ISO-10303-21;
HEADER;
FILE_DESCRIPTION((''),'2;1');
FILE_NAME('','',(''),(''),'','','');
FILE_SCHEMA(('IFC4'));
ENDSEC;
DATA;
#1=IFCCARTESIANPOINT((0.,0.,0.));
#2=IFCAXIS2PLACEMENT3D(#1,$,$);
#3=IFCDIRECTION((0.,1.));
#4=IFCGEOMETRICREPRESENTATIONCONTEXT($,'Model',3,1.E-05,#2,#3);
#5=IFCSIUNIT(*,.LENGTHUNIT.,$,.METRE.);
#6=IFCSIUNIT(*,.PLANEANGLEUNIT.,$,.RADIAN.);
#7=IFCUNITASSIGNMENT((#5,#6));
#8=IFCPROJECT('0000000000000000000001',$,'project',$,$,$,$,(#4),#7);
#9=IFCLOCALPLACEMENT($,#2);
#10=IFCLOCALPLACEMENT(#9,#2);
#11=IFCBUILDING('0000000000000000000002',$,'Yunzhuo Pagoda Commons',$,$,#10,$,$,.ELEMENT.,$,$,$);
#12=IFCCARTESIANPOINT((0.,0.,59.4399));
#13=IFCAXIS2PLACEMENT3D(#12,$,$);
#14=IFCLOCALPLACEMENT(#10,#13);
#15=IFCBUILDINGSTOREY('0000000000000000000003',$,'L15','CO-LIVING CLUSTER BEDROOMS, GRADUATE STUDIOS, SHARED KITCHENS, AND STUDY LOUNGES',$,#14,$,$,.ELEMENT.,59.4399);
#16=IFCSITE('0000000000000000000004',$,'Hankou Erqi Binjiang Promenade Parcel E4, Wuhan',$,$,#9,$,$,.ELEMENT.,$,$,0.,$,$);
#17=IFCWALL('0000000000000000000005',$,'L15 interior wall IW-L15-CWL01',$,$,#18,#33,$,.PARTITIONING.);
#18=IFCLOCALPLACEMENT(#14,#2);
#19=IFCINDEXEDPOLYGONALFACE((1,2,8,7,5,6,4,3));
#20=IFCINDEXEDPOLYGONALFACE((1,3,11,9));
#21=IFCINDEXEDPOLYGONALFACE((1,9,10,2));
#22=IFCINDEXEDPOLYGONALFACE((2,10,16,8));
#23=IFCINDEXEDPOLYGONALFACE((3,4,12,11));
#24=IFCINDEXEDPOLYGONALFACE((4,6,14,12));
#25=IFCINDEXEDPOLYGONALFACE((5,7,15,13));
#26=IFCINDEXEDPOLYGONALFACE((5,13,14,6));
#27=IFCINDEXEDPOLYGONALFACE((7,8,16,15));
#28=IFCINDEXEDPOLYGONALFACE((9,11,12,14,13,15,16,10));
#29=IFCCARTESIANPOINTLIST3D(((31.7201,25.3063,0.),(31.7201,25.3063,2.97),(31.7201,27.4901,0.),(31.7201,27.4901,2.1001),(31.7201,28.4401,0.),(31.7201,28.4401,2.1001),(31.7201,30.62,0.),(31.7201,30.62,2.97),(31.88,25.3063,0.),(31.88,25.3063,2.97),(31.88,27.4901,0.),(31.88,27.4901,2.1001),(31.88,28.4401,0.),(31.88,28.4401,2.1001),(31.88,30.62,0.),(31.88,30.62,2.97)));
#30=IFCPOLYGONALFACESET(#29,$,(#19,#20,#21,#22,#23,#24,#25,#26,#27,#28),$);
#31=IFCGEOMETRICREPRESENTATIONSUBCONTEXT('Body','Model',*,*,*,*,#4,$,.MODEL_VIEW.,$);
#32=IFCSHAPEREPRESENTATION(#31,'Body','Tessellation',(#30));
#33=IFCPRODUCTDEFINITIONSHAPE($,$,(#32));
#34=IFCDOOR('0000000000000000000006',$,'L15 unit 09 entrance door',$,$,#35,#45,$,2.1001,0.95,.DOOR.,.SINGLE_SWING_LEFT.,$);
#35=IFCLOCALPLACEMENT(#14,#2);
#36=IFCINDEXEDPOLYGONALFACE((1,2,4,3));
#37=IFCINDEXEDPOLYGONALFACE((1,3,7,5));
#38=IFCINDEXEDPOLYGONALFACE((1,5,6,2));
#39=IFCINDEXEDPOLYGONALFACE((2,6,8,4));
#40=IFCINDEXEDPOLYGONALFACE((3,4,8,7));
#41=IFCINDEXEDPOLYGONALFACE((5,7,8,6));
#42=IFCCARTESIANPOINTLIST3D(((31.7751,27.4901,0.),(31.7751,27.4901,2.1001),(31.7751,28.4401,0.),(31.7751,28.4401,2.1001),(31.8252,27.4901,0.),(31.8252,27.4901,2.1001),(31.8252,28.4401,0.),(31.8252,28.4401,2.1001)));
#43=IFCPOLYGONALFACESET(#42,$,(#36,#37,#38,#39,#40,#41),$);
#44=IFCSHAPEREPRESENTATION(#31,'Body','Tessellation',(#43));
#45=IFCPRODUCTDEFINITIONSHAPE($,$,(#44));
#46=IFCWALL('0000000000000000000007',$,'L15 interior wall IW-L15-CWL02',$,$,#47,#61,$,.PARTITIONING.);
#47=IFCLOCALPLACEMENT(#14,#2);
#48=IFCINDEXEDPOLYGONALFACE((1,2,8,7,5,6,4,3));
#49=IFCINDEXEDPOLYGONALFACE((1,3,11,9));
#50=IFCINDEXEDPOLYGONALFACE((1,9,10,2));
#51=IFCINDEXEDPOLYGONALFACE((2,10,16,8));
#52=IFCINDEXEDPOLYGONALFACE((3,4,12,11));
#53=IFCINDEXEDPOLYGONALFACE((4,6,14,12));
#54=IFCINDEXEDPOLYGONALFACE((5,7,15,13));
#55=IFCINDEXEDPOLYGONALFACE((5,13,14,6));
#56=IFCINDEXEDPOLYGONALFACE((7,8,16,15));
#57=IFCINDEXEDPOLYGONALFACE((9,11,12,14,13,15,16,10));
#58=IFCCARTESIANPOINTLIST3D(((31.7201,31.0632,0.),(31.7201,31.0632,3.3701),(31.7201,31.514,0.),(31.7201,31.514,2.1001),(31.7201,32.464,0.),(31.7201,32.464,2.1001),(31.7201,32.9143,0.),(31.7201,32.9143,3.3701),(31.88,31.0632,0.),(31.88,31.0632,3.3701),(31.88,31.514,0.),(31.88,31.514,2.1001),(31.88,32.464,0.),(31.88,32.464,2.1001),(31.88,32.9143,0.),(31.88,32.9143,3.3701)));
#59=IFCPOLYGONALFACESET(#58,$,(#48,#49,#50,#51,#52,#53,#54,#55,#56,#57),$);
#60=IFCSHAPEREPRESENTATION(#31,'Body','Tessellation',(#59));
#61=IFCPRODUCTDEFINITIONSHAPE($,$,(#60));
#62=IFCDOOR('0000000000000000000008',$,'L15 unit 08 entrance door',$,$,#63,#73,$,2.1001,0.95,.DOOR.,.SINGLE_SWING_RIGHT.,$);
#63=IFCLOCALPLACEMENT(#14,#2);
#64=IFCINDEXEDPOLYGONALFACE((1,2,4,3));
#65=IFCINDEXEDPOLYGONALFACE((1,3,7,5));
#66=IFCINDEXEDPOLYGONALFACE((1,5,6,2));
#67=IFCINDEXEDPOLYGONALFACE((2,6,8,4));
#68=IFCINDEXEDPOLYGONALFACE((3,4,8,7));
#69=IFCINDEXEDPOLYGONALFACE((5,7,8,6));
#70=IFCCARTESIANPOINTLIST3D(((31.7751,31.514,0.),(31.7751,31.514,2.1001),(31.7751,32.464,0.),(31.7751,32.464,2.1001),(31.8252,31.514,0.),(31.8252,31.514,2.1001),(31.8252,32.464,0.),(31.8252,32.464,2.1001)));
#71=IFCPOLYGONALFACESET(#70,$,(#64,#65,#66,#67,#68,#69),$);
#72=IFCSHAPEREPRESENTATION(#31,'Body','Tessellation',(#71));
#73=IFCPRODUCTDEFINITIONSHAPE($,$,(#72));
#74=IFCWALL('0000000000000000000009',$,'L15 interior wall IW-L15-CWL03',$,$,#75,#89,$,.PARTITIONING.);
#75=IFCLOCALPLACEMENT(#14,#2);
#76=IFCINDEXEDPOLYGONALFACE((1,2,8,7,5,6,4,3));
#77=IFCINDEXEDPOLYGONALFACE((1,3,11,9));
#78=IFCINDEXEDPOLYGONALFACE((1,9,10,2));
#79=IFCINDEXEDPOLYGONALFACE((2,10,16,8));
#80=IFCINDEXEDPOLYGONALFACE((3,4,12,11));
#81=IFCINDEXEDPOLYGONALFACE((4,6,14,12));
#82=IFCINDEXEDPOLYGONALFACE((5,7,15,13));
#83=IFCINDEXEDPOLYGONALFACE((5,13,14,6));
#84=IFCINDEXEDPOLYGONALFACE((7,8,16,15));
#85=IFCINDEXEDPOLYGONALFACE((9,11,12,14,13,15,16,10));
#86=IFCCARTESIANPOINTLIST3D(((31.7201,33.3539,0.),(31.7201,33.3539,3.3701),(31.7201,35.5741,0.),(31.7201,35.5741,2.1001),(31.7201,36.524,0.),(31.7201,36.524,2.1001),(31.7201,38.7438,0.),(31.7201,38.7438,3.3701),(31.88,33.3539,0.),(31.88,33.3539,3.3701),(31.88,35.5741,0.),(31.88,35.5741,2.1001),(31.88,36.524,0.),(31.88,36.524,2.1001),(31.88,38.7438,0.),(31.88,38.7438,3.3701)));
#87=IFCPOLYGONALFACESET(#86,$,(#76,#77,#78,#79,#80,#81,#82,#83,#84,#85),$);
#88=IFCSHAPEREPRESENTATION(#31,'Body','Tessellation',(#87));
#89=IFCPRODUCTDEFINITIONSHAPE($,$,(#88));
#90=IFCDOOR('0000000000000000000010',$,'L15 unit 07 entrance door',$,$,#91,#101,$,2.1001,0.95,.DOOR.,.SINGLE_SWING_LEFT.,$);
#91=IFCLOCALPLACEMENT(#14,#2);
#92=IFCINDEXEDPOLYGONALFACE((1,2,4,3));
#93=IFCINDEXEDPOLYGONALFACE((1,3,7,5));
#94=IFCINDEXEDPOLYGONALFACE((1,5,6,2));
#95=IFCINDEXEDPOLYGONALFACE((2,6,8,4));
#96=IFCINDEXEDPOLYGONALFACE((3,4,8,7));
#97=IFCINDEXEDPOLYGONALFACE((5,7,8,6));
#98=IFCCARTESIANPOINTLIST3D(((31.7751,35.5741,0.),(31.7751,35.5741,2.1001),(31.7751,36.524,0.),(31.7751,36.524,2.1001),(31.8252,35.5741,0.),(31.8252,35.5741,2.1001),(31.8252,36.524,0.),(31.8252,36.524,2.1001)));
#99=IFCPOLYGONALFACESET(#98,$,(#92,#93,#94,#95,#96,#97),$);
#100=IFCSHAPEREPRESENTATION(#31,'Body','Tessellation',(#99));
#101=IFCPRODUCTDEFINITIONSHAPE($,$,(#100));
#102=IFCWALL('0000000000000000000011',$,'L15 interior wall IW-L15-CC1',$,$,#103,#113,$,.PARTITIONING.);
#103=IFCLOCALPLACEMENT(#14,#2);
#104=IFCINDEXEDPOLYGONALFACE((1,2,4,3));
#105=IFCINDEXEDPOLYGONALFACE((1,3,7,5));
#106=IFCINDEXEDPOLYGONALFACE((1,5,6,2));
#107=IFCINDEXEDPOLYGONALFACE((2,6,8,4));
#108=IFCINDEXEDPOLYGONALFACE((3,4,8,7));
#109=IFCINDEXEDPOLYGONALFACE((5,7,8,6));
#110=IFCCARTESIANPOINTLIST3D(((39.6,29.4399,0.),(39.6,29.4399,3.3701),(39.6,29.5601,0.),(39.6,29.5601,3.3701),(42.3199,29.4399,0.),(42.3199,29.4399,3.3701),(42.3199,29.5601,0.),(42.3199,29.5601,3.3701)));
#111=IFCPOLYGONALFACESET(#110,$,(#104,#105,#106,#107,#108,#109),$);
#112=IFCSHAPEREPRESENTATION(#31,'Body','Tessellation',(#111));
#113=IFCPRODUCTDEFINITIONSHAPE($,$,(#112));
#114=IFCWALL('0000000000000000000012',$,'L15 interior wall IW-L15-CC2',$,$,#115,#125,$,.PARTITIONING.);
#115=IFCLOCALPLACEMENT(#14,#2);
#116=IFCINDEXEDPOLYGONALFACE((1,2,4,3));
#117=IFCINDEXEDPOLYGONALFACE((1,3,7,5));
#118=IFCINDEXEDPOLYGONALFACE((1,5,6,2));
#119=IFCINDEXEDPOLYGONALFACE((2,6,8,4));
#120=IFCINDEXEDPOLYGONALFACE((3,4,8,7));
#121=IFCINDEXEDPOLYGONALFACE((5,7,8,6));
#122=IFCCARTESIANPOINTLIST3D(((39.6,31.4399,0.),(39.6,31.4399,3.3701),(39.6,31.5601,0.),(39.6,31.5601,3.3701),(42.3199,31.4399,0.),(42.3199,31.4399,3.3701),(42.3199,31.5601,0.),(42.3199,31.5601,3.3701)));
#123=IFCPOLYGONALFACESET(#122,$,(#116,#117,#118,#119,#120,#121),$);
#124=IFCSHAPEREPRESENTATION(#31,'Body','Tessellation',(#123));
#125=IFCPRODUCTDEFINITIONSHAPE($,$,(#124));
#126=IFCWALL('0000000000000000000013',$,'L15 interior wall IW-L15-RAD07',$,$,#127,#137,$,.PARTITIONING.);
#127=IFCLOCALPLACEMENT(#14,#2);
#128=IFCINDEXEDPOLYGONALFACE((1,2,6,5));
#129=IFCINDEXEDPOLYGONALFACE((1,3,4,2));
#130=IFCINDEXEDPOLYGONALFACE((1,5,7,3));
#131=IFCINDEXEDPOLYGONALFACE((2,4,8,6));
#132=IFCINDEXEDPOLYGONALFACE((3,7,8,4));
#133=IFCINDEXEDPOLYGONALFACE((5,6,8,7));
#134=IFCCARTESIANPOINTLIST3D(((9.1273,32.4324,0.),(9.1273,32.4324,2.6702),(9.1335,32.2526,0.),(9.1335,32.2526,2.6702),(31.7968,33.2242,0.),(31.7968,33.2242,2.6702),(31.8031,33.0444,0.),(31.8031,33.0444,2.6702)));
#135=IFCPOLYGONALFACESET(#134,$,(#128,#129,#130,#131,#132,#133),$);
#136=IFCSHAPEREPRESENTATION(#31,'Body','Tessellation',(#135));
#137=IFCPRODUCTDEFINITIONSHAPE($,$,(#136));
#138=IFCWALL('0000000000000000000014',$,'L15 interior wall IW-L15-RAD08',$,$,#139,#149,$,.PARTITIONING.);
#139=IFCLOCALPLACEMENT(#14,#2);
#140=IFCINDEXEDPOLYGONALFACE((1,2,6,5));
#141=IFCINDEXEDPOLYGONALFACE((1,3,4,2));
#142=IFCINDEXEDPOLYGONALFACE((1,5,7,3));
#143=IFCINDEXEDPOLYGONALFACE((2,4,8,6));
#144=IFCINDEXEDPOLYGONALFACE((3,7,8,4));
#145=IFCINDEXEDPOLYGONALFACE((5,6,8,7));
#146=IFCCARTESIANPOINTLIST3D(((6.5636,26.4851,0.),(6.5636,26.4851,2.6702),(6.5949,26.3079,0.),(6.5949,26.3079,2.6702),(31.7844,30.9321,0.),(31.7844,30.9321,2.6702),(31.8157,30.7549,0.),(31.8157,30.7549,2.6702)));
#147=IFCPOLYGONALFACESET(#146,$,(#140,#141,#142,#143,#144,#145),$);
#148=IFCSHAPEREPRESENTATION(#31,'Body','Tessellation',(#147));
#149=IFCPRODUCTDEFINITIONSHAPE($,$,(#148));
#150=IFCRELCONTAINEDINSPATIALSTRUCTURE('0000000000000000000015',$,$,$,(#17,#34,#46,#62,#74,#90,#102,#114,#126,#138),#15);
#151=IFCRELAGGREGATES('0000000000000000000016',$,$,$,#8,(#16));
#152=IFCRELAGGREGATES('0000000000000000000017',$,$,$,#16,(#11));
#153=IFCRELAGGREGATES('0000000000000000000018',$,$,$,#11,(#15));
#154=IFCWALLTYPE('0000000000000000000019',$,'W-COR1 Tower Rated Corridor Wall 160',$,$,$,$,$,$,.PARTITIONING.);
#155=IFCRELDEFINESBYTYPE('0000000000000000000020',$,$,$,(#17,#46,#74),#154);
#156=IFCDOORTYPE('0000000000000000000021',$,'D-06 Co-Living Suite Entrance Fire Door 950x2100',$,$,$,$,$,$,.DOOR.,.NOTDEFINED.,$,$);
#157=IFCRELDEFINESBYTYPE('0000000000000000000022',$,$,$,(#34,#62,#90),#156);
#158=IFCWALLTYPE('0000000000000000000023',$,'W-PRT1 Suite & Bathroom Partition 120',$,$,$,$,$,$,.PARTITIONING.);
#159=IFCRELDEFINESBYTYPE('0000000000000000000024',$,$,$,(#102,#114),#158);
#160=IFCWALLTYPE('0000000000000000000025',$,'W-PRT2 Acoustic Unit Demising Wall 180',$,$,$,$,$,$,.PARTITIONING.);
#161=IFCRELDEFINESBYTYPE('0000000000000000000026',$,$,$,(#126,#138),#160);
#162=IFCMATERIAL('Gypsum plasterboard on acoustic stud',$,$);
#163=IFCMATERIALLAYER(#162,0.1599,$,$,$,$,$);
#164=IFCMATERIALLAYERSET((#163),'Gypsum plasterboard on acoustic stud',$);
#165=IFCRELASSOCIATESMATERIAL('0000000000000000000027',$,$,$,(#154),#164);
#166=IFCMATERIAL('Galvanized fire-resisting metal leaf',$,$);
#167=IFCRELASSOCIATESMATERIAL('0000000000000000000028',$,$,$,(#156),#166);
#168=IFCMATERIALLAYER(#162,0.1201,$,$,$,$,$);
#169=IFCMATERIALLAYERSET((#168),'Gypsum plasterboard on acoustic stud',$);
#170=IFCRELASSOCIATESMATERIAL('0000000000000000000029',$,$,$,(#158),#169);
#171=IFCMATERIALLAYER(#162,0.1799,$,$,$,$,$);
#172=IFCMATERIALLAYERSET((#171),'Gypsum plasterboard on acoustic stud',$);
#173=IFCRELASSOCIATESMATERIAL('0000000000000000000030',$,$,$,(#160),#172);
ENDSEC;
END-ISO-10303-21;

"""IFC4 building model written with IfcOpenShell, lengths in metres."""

from ifc_helpers import new_model, si_unit, direction, frame, frame_2d, origin, origin_with_axes, place, context, subcontext, project, spatial, rectangle, extrude, source, transform, mapped, material, layer, layer_set, type_object, element, fill, save


model = new_model("IFC4")

# Units and contexts
model_context = context("Model", 3, precision=1e-05, world=origin(), true_north=direction((0.0, 1.0)))
body_context = subcontext(model_context, "Body", "Model", "MODEL_VIEW")
ifc_project = project(units=[si_unit("LENGTHUNIT", "METRE"), si_unit("PLANEANGLEUNIT", "RADIAN")], contexts=[model_context])

# Site, building, storey
site_placement = place(None, origin())
site = spatial("IfcSite", under=ifc_project, at=site_placement, Name="Hankou Erqi Binjiang Promenade Parcel E4, Wuhan", CompositionType="ELEMENT", RefElevation=0.0)
building_placement = place(site_placement, origin())
building = spatial("IfcBuilding", under=site, at=building_placement, Name="Yunzhuo Pagoda Commons", CompositionType="ELEMENT")
storey_placement = place(building_placement, frame((0.0, 0.0, 59.4399)))
storey = spatial("IfcBuildingStorey", under=building, at=storey_placement, Name="L15", Description="CO-LIVING CLUSTER BEDROOMS, GRADUATE STUDIOS, SHARED KITCHENS, AND STUDY LOUNGES", CompositionType="ELEMENT", Elevation=59.4399)

# Shared definitions
ifc_material_1 = material(Name="Gypsum plasterboard on acoustic stud")
ifc_layer_1 = layer(ifc_material_1, 0.1599)
ifc_layer_set_1 = layer_set([ifc_layer_1], Name="Gypsum plasterboard on acoustic stud")
wall_type_1 = type_object("IfcWallType", Name="W-COR1 Tower Rated Corridor Wall 160", PredefinedType="PARTITIONING", material=ifc_layer_set_1)
ifc_material_2 = material(Name="Galvanized fire-resisting metal leaf")

# Walls, openings, doors
wall_1_placement = place(storey_placement, frame((31.8, 25.3064, 0.0), z_axis=(0.0, 0.0, 1.0), x_axis=(0.0, 1.0, 0.0)))
wall_1 = element("IfcWall", 1, at=wall_1_placement, inside=storey, type_object=wall_type_1, Name="L15 interior wall IW-L15-CWL01", PredefinedType="PARTITIONING", context=body_context, shape_type="SweptSolid", body=[
    extrude(rectangle(XDim=5.3137, YDim=0.1599, at=frame_2d((2.6567, 0.0))), origin(), (0.0, 0.0, 1.0), 2.97),
])
opening_1_placement = place(wall_1_placement, frame((2.1836, 0.0, 0.0)))
opening_1 = element("IfcOpeningElement", 2, at=opening_1_placement, cuts=wall_1, PredefinedType="OPENING", context=body_context, shape_type="SweptSolid", body=[
    extrude(rectangle(XDim=0.95, YDim=2.1001, at=frame_2d((0.4751, 1.05))), frame((0.0, 0.0898, 0.0), z_axis=(0.0, -1.0, 0.0), x_axis=(1.0, 0.0, 0.0)), (0.0, 0.0, 1.0), 0.1799),
])
door_type_1 = type_object("IfcDoorType", Name="D-06 Co-Living Suite Entrance Fire Door 950x2100", OperationType="NOTDEFINED", PredefinedType="DOOR", material=ifc_material_2)
shared_shape_1 = source(origin(), body_context, "Body", "SweptSolid", [
    extrude(rectangle(XDim=0.95, YDim=2.1001, at=frame_2d((0.4751, 1.05))), frame((0.0, 0.0249, 0.0), z_axis=(0.0, -1.0, 0.0), x_axis=(1.0, 0.0, 0.0)), (0.0, 0.0, 1.0), 0.05),
])
door_1_placement = place(opening_1_placement, origin_with_axes())
door_1 = element("IfcDoor", 3, at=door_1_placement, inside=storey, type_object=door_type_1, Name="L15 unit 09 entrance door", OperationType="SINGLE_SWING_LEFT", OverallHeight=2.1001, OverallWidth=0.95, PredefinedType="DOOR", context=body_context, shape_type="MappedRepresentation", body=[
    mapped(shared_shape_1, transform((0.0, 0.0, 0.0), scale=1.0)),
])
fill(opening_1, door_1)
wall_2_placement = place(storey_placement, frame((31.8, 31.0632, 0.0), z_axis=(0.0, 0.0, 1.0), x_axis=(0.0, 1.0, 0.0)))
wall_2 = element("IfcWall", 4, at=wall_2_placement, inside=storey, type_object=wall_type_1, Name="L15 interior wall IW-L15-CWL02", PredefinedType="PARTITIONING", context=body_context, shape_type="SweptSolid", body=[
    extrude(rectangle(XDim=1.8511, YDim=0.1599, at=frame_2d((0.9255, 0.0))), origin(), (0.0, 0.0, 1.0), 3.3701),
])
opening_2_placement = place(wall_2_placement, frame((0.4507, 0.0, 0.0)))
opening_2 = element("IfcOpeningElement", 5, at=opening_2_placement, cuts=wall_2, PredefinedType="OPENING", context=body_context, shape_type="SweptSolid", body=[
    extrude(rectangle(XDim=0.95, YDim=2.1001, at=frame_2d((0.4751, 1.05))), frame((0.0, 0.0898, 0.0), z_axis=(0.0, -1.0, 0.0), x_axis=(1.0, 0.0, 0.0)), (0.0, 0.0, 1.0), 0.1799),
])
door_2_placement = place(opening_2_placement, origin_with_axes())
door_2 = element("IfcDoor", 6, at=door_2_placement, inside=storey, type_object=door_type_1, Name="L15 unit 08 entrance door", OperationType="SINGLE_SWING_RIGHT", OverallHeight=2.1001, OverallWidth=0.95, PredefinedType="DOOR", context=body_context, shape_type="MappedRepresentation", body=[
    mapped(shared_shape_1, transform((0.0, 0.0, 0.0), scale=1.0)),
])
fill(opening_2, door_2)
wall_3_placement = place(storey_placement, frame((31.8, 33.354, 0.0), z_axis=(0.0, 0.0, 1.0), x_axis=(0.0, 1.0, 0.0)))
wall_3 = element("IfcWall", 7, at=wall_3_placement, inside=storey, type_object=wall_type_1, Name="L15 interior wall IW-L15-CWL03", PredefinedType="PARTITIONING", context=body_context, shape_type="SweptSolid", body=[
    extrude(rectangle(XDim=5.3899, YDim=0.1599, at=frame_2d((2.6948, 0.0))), origin(), (0.0, 0.0, 1.0), 3.3701),
])
opening_3_placement = place(wall_3_placement, frame((2.22, 0.0, 0.0)))
opening_3 = element("IfcOpeningElement", 8, at=opening_3_placement, cuts=wall_3, PredefinedType="OPENING", context=body_context, shape_type="SweptSolid", body=[
    extrude(rectangle(XDim=0.95, YDim=2.1001, at=frame_2d((0.4751, 1.05))), frame((0.0, 0.0898, 0.0), z_axis=(0.0, -1.0, 0.0), x_axis=(1.0, 0.0, 0.0)), (0.0, 0.0, 1.0), 0.1799),
])
door_3_placement = place(opening_3_placement, origin_with_axes())
door_3 = element("IfcDoor", 9, at=door_3_placement, inside=storey, type_object=door_type_1, Name="L15 unit 07 entrance door", OperationType="SINGLE_SWING_LEFT", OverallHeight=2.1001, OverallWidth=0.95, PredefinedType="DOOR", context=body_context, shape_type="MappedRepresentation", body=[
    mapped(shared_shape_1, transform((0.0, 0.0, 0.0), scale=1.0)),
])
fill(opening_3, door_3)

# Walls
ifc_layer_2 = layer(ifc_material_1, 0.1201)
ifc_layer_set_2 = layer_set([ifc_layer_2], Name="Gypsum plasterboard on acoustic stud")
wall_type_2 = type_object("IfcWallType", Name="W-PRT1 Suite & Bathroom Partition 120", PredefinedType="PARTITIONING", material=ifc_layer_set_2)
for number, where, z_axis, x_axis, name in (
    (10, (39.6001, 29.5, 0.0), (0.0, 0.0, 1.0), (1.0, 0.0, 0.0), "L15 interior wall IW-L15-CC1"),
    (11, (39.6001, 31.5, 0.0), (0.0, 0.0, 1.0), (1.0, 0.0, 0.0), "L15 interior wall IW-L15-CC2"),
):
    element("IfcWall", number, at=place(storey_placement, frame(where, z_axis=z_axis, x_axis=x_axis)), inside=storey, type_object=wall_type_2, Name=name, PredefinedType="PARTITIONING", context=body_context, shape_type="SweptSolid", body=[
        extrude(rectangle(XDim=2.72, YDim=0.1201, at=frame_2d((1.3599, 0.0))), origin(), (0.0, 0.0, 1.0), 3.3701),
    ])
ifc_layer_3 = layer(ifc_material_1, 0.1799)
ifc_layer_set_3 = layer_set([ifc_layer_3], Name="Gypsum plasterboard on acoustic stud")
wall_type_3 = type_object("IfcWallType", Name="W-PRT2 Acoustic Unit Demising Wall 180", PredefinedType="PARTITIONING", material=ifc_layer_set_3)
wall_4_placement = place(storey_placement, frame((31.8, 33.1343, 0.0), z_axis=(0.0, 0.0, 1.0), x_axis=(-0.999391, -0.034905, 0.0)))
element("IfcWall", 12, at=wall_4_placement, inside=storey, type_object=wall_type_3, Name="L15 interior wall IW-L15-RAD07", PredefinedType="PARTITIONING", context=body_context, shape_type="SweptSolid", body=[
    extrude(rectangle(XDim=22.6833, YDim=0.1799, at=frame_2d((11.3418, 0.0))), origin(), (0.0, 0.0, 1.0), 2.6702),
])
wall_5_placement = place(storey_placement, frame((31.8, 30.8435, 0.0), z_axis=(0.0, 0.0, 1.0), x_axis=(-0.984808, -0.173646, 0.0)))
element("IfcWall", 13, at=wall_5_placement, inside=storey, type_object=wall_type_3, Name="L15 interior wall IW-L15-RAD08", PredefinedType="PARTITIONING", context=body_context, shape_type="SweptSolid", body=[
    extrude(rectangle(XDim=25.6099, YDim=0.1799, at=frame_2d((12.8049, 0.0))), origin(), (0.0, 0.0, 1.0), 2.6702),
])

save(model, "model.ifc")
